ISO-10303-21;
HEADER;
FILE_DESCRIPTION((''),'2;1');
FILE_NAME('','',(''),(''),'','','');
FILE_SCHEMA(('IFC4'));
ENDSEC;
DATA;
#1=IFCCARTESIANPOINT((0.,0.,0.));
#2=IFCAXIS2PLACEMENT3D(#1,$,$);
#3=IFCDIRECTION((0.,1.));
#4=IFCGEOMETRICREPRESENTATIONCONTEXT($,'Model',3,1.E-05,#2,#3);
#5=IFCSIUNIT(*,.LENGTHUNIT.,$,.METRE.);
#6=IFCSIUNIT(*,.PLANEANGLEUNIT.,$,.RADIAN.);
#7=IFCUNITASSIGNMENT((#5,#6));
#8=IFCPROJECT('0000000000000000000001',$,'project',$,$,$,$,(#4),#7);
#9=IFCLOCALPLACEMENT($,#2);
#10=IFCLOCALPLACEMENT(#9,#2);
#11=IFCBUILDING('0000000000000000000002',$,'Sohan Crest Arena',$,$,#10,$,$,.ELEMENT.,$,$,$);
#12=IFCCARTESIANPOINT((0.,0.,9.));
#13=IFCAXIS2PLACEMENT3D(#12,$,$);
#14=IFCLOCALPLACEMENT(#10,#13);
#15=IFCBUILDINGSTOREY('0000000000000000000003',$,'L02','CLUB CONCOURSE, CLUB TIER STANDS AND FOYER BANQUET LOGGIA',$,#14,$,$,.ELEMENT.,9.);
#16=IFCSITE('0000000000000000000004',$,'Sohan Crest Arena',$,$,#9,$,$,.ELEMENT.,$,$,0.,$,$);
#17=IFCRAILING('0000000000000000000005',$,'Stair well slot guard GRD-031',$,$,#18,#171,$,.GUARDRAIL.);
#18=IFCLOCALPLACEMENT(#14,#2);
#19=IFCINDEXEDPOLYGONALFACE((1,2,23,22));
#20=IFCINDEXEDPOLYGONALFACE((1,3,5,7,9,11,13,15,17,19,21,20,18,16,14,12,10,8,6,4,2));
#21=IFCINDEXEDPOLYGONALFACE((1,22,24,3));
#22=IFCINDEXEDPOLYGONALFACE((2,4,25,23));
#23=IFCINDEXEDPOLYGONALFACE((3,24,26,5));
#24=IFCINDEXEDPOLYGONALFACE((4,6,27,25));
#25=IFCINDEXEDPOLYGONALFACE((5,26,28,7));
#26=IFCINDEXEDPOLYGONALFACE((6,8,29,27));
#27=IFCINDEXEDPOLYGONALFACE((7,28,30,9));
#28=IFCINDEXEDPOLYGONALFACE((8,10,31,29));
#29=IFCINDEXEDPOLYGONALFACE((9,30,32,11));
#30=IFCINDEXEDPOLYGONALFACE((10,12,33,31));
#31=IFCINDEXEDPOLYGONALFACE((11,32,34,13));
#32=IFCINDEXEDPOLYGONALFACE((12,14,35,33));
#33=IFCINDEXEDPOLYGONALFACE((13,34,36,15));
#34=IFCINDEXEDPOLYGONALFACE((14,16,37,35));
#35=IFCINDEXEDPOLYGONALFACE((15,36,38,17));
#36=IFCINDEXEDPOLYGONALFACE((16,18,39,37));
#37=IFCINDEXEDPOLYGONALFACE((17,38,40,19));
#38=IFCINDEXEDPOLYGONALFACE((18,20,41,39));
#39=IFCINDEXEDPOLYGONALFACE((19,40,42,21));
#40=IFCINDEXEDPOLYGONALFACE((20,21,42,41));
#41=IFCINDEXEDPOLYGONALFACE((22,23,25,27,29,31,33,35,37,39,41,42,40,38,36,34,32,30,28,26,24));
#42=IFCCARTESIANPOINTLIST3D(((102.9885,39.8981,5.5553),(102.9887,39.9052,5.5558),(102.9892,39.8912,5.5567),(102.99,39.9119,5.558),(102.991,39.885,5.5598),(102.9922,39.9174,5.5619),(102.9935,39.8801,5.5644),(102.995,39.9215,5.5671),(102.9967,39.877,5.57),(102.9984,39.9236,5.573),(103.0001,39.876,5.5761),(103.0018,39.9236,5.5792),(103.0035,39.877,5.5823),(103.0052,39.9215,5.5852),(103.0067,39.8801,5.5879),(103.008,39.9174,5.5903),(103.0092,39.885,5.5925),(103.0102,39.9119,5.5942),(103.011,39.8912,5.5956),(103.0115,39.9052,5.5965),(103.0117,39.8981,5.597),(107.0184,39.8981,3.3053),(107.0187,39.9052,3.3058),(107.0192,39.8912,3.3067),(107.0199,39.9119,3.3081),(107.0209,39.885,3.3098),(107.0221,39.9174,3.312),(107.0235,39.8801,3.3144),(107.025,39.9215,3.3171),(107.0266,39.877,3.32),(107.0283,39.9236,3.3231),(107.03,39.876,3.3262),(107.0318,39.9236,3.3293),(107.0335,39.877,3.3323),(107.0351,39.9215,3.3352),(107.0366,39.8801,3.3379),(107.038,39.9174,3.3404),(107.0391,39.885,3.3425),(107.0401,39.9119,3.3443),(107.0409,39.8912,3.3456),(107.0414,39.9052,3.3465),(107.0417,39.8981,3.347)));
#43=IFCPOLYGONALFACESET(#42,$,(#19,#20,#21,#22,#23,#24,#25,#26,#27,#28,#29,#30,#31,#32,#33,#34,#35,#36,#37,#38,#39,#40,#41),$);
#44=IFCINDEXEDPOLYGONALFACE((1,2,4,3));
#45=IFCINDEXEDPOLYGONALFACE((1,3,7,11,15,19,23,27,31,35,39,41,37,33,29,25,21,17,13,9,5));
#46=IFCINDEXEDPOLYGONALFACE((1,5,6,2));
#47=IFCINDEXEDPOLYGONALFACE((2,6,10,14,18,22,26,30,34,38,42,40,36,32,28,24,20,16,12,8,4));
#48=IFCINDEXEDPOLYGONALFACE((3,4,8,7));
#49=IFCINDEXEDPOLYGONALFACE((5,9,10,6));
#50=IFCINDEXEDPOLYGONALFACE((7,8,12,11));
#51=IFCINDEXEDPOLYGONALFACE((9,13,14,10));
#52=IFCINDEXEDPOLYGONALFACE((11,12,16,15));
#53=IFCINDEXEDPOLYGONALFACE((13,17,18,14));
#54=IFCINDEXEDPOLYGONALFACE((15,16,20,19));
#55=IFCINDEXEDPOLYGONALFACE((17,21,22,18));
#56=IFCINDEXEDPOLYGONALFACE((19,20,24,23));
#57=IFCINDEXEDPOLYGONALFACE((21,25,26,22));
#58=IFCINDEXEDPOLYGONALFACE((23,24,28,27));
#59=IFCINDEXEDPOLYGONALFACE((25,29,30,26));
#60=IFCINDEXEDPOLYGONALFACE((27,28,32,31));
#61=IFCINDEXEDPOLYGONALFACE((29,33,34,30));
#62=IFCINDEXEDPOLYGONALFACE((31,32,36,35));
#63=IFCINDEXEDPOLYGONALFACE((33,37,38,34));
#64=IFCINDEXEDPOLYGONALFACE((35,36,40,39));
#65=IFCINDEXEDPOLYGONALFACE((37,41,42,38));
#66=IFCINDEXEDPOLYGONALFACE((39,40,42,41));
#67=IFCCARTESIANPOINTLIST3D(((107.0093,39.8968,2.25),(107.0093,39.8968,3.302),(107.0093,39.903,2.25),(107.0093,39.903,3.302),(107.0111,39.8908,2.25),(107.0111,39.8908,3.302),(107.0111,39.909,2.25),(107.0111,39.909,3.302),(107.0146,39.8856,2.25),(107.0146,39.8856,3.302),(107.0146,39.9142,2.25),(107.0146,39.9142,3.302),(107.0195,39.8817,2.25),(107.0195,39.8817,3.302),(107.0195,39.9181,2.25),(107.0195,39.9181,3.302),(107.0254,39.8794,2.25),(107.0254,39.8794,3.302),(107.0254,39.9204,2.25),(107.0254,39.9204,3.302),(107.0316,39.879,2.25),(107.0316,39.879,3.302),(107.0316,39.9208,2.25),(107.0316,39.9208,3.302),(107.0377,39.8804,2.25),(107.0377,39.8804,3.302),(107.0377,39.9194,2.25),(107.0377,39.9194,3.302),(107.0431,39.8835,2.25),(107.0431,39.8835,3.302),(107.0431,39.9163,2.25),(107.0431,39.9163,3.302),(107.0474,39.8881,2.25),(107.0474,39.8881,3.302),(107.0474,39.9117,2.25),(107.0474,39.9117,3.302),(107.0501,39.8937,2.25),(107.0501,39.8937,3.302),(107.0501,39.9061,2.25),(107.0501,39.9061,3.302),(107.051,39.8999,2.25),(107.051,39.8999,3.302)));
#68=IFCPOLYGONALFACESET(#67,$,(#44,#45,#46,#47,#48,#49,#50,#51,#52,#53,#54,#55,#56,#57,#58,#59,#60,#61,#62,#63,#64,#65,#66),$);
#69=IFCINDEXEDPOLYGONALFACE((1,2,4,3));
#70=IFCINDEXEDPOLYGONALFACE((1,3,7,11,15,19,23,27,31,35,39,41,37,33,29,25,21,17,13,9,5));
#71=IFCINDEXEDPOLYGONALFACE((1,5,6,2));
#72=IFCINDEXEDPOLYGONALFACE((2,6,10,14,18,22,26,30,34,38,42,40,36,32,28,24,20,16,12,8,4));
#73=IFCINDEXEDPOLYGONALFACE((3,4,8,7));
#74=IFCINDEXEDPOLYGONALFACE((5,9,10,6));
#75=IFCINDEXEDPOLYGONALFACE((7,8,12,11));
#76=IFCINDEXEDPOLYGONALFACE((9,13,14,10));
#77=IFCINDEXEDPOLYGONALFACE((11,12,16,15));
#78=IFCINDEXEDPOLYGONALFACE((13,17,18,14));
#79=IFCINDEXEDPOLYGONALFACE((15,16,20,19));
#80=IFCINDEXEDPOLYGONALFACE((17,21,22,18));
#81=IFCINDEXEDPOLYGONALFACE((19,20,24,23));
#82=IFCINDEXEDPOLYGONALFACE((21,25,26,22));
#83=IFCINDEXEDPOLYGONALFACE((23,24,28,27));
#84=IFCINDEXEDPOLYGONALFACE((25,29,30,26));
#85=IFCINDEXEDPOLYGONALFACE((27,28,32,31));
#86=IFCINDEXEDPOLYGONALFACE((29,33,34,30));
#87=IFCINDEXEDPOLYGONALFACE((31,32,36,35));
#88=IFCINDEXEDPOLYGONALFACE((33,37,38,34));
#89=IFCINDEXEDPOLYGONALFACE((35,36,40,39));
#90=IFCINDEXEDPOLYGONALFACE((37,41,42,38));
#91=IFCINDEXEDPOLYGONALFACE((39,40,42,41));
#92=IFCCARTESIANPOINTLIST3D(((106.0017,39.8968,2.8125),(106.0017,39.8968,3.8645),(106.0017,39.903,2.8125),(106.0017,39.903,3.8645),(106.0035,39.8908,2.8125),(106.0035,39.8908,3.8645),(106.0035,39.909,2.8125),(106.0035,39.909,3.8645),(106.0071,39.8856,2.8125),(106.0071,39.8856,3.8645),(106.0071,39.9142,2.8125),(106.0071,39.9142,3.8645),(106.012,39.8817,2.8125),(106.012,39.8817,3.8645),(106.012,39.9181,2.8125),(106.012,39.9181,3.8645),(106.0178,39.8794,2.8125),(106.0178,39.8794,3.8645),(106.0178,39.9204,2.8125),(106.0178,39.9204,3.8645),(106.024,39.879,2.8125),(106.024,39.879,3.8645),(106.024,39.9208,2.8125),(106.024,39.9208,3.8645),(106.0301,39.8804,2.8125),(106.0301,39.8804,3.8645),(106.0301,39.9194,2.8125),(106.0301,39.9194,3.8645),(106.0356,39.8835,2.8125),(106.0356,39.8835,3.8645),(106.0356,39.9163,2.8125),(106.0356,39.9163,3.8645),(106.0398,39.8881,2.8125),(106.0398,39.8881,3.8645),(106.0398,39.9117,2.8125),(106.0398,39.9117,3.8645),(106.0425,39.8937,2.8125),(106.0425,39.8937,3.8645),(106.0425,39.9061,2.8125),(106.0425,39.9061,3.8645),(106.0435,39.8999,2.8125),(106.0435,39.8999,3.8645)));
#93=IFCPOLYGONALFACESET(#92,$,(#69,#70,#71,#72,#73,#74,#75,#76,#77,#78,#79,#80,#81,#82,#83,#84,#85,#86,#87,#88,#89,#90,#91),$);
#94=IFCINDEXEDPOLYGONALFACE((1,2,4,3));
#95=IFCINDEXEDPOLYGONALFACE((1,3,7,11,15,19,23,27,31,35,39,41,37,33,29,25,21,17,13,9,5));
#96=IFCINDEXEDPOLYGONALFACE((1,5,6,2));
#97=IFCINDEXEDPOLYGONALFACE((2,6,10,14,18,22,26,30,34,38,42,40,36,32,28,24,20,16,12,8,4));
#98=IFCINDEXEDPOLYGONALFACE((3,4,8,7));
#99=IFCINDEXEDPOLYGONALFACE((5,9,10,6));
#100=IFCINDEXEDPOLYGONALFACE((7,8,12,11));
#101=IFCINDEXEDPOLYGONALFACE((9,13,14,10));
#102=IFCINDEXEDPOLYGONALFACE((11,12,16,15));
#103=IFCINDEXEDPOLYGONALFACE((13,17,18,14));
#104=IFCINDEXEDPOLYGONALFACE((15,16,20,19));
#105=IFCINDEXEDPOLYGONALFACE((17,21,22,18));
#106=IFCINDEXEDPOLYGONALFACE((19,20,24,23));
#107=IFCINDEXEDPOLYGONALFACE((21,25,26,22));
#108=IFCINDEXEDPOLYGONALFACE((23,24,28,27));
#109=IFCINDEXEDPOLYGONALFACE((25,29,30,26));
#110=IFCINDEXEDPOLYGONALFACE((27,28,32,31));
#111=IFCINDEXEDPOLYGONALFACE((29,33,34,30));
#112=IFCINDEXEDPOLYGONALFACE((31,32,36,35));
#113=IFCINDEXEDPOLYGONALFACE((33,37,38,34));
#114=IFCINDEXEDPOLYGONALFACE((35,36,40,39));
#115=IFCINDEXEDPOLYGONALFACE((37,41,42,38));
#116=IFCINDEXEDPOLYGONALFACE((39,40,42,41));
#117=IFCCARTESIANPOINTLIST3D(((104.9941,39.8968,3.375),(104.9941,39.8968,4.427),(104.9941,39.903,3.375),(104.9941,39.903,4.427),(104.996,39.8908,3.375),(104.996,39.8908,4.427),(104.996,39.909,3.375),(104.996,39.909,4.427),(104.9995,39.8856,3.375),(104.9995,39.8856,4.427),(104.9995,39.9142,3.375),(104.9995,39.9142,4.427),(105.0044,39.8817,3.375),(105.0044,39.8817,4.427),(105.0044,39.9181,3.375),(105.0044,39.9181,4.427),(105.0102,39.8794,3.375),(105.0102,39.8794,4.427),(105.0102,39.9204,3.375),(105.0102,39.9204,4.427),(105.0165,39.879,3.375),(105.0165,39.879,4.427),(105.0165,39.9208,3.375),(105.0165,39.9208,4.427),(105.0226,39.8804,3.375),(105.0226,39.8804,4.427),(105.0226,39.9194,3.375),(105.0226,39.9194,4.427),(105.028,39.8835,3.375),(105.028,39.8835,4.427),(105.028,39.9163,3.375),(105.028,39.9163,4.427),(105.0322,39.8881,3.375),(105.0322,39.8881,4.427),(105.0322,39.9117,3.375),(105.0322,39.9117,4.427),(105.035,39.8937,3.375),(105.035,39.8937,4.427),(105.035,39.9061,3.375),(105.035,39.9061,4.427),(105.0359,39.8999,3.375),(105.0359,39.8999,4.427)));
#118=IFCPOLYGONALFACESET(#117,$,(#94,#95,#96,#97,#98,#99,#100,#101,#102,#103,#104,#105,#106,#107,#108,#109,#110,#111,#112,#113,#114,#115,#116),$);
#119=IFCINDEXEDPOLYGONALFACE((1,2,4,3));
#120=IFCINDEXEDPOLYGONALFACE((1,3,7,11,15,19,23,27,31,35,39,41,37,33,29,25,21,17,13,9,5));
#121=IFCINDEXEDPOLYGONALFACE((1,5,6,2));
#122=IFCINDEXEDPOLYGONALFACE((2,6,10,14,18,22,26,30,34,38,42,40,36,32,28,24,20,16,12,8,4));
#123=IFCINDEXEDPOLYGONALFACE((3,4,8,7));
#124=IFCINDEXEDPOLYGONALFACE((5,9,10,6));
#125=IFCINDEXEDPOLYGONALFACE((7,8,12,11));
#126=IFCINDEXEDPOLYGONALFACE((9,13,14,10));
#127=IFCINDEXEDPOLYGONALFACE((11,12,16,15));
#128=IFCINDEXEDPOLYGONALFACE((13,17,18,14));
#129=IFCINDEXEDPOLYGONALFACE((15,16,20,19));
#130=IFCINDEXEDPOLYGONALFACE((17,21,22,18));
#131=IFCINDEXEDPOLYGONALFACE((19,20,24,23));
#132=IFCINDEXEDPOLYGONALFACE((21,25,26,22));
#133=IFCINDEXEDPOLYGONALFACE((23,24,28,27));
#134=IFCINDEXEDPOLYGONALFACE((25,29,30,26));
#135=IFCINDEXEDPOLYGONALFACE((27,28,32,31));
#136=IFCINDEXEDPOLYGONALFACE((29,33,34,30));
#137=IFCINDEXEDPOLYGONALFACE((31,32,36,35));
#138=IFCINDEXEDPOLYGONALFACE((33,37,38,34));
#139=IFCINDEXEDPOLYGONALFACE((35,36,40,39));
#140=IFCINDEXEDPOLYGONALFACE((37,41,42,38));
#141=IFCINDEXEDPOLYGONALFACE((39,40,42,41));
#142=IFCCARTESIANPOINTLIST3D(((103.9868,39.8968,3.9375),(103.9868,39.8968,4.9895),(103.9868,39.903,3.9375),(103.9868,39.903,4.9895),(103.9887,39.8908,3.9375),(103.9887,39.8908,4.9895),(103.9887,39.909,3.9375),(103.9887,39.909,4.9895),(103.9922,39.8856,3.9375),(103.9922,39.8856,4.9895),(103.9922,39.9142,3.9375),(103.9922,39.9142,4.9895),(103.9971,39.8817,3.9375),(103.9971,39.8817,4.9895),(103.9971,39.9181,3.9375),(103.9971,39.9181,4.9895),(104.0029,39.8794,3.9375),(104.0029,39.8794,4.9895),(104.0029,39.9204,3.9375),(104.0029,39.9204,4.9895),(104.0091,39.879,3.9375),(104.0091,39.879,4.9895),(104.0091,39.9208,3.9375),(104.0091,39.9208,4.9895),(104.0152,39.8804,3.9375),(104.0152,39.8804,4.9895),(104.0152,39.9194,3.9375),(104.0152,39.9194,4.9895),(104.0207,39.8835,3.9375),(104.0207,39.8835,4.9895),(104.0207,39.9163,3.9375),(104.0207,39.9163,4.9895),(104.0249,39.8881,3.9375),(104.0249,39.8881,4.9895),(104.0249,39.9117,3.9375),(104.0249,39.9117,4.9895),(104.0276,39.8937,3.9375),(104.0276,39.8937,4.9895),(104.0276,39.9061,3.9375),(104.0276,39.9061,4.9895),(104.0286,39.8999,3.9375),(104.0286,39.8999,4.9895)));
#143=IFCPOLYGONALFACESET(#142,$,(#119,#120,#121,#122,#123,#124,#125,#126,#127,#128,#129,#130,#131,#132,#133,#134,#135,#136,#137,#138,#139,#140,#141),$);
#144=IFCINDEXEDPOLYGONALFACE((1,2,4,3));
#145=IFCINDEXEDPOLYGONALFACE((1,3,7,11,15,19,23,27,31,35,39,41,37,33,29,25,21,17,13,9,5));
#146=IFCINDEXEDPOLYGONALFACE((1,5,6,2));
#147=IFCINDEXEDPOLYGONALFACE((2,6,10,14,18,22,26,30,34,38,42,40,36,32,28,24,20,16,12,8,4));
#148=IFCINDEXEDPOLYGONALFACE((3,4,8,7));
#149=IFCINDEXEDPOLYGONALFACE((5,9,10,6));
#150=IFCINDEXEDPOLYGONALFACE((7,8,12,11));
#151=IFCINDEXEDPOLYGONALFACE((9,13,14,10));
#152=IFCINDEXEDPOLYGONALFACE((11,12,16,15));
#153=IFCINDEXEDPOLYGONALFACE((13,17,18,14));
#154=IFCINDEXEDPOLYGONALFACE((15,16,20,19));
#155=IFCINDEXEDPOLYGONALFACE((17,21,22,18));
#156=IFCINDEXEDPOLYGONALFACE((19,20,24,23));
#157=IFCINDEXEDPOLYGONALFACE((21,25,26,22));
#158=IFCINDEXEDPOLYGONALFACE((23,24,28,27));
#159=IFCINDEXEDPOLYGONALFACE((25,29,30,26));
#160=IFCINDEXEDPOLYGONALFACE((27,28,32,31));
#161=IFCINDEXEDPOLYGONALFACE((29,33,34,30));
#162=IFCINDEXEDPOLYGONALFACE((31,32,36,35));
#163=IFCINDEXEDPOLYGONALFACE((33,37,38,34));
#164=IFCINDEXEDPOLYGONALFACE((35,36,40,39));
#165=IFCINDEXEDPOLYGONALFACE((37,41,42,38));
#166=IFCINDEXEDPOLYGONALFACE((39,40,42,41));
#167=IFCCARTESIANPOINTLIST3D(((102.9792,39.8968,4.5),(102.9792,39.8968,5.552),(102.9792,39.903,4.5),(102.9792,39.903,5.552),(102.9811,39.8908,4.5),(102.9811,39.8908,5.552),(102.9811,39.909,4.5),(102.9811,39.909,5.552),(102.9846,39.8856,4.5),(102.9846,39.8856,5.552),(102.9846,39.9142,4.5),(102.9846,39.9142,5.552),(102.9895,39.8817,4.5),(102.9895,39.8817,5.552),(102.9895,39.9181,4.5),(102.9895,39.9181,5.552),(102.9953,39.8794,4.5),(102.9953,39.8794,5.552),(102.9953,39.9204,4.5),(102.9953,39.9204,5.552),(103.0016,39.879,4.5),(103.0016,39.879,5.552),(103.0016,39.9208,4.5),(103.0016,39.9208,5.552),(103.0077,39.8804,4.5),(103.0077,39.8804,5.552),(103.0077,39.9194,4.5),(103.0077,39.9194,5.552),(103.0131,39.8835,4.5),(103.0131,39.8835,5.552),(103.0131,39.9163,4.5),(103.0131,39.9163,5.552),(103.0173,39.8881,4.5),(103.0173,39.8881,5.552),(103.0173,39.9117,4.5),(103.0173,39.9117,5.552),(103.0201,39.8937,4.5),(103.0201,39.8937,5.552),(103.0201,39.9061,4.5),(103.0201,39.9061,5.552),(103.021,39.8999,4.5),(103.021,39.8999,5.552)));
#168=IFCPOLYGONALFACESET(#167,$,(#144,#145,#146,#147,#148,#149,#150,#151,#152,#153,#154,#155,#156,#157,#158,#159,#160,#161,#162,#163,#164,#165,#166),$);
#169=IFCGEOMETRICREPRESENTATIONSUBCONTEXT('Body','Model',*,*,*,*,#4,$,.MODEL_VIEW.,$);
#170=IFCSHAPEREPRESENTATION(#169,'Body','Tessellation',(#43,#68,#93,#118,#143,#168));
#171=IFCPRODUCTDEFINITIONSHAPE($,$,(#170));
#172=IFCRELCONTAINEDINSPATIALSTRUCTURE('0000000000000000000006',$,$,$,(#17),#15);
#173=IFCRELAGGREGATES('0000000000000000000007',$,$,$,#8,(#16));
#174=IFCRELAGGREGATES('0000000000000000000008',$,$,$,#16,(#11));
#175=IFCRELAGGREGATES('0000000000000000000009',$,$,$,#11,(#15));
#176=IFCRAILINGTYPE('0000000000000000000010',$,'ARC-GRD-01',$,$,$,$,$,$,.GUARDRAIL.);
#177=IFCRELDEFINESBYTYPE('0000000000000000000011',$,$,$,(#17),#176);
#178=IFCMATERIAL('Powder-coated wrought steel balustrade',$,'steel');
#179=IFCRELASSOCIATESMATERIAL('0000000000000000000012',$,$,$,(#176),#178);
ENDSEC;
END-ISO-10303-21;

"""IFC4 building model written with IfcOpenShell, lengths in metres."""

from ifc_helpers import new_model, si_unit, direction, frame, origin, origin_2d, place, context, subcontext, project, spatial, circle, extrude, material, type_object, element, save


model = new_model("IFC4")

# Units and contexts
model_context = context("Model", 3, precision=1e-05, world=origin(), true_north=direction((0.0, 1.0)))
body_context = subcontext(model_context, "Body", "Model", "MODEL_VIEW")
ifc_project = project(units=[si_unit("LENGTHUNIT", "METRE"), si_unit("PLANEANGLEUNIT", "RADIAN")], contexts=[model_context])

# Site, building, storey
site_placement = place(None, origin())
site = spatial("IfcSite", under=ifc_project, at=site_placement, Name="Sohan Crest Arena", CompositionType="ELEMENT", RefElevation=0.0)
building_placement = place(site_placement, origin())
building = spatial("IfcBuilding", under=site, at=building_placement, Name="Sohan Crest Arena", CompositionType="ELEMENT")
storey_placement = place(building_placement, frame((0.0, 0.0, 9.0)))
storey = spatial("IfcBuildingStorey", under=building, at=storey_placement, Name="L02", Description="CLUB CONCOURSE, CLUB TIER STANDS AND FOYER BANQUET LOGGIA", CompositionType="ELEMENT", Elevation=9.0)

# Railing
ifc_material_1 = material(Name="Powder-coated wrought steel balustrade", Category="steel")
railing_type_1 = type_object("IfcRailingType", Name="ARC-GRD-01", PredefinedType="GUARDRAIL", material=ifc_material_1)
for number, where, name in (
    (1, (107.03, 39.8999, 2.25), "Stair well slot guard GRD-031"),
):
    element("IfcRailing", number, at=place(storey_placement, frame(where)), inside=storey, type_object=railing_type_1, Name=name, PredefinedType="GUARDRAIL", context=body_context, shape_type="SweptSolid", body=[
        extrude(circle(Radius=0.0239, at=origin_2d()), frame((0.0, 0.0, 1.0762), z_axis=(-0.873135, 0.0, 0.487479), x_axis=(0.0, -1.0, 0.0)), (0.0, 0.0, 1.0), 4.6155),
        extrude(circle(Radius=0.021, at=origin_2d()), origin(), (0.0, 0.0, 1.0), 1.052),
        extrude(circle(Radius=0.021, at=origin_2d()), frame((-1.0076, 0.0, 0.5625)), (0.0, 0.0, 1.0), 1.052),
        extrude(circle(Radius=0.021, at=origin_2d()), frame((-2.0151, 0.0, 1.125)), (0.0, 0.0, 1.0), 1.052),
        extrude(circle(Radius=0.021, at=origin_2d()), frame((-3.0225, 0.0, 1.6875)), (0.0, 0.0, 1.0), 1.052),
        extrude(circle(Radius=0.021, at=origin_2d()), frame((-4.03, 0.0, 2.25)), (0.0, 0.0, 1.0), 1.052),
    ])

save(model, "model.ifc")
